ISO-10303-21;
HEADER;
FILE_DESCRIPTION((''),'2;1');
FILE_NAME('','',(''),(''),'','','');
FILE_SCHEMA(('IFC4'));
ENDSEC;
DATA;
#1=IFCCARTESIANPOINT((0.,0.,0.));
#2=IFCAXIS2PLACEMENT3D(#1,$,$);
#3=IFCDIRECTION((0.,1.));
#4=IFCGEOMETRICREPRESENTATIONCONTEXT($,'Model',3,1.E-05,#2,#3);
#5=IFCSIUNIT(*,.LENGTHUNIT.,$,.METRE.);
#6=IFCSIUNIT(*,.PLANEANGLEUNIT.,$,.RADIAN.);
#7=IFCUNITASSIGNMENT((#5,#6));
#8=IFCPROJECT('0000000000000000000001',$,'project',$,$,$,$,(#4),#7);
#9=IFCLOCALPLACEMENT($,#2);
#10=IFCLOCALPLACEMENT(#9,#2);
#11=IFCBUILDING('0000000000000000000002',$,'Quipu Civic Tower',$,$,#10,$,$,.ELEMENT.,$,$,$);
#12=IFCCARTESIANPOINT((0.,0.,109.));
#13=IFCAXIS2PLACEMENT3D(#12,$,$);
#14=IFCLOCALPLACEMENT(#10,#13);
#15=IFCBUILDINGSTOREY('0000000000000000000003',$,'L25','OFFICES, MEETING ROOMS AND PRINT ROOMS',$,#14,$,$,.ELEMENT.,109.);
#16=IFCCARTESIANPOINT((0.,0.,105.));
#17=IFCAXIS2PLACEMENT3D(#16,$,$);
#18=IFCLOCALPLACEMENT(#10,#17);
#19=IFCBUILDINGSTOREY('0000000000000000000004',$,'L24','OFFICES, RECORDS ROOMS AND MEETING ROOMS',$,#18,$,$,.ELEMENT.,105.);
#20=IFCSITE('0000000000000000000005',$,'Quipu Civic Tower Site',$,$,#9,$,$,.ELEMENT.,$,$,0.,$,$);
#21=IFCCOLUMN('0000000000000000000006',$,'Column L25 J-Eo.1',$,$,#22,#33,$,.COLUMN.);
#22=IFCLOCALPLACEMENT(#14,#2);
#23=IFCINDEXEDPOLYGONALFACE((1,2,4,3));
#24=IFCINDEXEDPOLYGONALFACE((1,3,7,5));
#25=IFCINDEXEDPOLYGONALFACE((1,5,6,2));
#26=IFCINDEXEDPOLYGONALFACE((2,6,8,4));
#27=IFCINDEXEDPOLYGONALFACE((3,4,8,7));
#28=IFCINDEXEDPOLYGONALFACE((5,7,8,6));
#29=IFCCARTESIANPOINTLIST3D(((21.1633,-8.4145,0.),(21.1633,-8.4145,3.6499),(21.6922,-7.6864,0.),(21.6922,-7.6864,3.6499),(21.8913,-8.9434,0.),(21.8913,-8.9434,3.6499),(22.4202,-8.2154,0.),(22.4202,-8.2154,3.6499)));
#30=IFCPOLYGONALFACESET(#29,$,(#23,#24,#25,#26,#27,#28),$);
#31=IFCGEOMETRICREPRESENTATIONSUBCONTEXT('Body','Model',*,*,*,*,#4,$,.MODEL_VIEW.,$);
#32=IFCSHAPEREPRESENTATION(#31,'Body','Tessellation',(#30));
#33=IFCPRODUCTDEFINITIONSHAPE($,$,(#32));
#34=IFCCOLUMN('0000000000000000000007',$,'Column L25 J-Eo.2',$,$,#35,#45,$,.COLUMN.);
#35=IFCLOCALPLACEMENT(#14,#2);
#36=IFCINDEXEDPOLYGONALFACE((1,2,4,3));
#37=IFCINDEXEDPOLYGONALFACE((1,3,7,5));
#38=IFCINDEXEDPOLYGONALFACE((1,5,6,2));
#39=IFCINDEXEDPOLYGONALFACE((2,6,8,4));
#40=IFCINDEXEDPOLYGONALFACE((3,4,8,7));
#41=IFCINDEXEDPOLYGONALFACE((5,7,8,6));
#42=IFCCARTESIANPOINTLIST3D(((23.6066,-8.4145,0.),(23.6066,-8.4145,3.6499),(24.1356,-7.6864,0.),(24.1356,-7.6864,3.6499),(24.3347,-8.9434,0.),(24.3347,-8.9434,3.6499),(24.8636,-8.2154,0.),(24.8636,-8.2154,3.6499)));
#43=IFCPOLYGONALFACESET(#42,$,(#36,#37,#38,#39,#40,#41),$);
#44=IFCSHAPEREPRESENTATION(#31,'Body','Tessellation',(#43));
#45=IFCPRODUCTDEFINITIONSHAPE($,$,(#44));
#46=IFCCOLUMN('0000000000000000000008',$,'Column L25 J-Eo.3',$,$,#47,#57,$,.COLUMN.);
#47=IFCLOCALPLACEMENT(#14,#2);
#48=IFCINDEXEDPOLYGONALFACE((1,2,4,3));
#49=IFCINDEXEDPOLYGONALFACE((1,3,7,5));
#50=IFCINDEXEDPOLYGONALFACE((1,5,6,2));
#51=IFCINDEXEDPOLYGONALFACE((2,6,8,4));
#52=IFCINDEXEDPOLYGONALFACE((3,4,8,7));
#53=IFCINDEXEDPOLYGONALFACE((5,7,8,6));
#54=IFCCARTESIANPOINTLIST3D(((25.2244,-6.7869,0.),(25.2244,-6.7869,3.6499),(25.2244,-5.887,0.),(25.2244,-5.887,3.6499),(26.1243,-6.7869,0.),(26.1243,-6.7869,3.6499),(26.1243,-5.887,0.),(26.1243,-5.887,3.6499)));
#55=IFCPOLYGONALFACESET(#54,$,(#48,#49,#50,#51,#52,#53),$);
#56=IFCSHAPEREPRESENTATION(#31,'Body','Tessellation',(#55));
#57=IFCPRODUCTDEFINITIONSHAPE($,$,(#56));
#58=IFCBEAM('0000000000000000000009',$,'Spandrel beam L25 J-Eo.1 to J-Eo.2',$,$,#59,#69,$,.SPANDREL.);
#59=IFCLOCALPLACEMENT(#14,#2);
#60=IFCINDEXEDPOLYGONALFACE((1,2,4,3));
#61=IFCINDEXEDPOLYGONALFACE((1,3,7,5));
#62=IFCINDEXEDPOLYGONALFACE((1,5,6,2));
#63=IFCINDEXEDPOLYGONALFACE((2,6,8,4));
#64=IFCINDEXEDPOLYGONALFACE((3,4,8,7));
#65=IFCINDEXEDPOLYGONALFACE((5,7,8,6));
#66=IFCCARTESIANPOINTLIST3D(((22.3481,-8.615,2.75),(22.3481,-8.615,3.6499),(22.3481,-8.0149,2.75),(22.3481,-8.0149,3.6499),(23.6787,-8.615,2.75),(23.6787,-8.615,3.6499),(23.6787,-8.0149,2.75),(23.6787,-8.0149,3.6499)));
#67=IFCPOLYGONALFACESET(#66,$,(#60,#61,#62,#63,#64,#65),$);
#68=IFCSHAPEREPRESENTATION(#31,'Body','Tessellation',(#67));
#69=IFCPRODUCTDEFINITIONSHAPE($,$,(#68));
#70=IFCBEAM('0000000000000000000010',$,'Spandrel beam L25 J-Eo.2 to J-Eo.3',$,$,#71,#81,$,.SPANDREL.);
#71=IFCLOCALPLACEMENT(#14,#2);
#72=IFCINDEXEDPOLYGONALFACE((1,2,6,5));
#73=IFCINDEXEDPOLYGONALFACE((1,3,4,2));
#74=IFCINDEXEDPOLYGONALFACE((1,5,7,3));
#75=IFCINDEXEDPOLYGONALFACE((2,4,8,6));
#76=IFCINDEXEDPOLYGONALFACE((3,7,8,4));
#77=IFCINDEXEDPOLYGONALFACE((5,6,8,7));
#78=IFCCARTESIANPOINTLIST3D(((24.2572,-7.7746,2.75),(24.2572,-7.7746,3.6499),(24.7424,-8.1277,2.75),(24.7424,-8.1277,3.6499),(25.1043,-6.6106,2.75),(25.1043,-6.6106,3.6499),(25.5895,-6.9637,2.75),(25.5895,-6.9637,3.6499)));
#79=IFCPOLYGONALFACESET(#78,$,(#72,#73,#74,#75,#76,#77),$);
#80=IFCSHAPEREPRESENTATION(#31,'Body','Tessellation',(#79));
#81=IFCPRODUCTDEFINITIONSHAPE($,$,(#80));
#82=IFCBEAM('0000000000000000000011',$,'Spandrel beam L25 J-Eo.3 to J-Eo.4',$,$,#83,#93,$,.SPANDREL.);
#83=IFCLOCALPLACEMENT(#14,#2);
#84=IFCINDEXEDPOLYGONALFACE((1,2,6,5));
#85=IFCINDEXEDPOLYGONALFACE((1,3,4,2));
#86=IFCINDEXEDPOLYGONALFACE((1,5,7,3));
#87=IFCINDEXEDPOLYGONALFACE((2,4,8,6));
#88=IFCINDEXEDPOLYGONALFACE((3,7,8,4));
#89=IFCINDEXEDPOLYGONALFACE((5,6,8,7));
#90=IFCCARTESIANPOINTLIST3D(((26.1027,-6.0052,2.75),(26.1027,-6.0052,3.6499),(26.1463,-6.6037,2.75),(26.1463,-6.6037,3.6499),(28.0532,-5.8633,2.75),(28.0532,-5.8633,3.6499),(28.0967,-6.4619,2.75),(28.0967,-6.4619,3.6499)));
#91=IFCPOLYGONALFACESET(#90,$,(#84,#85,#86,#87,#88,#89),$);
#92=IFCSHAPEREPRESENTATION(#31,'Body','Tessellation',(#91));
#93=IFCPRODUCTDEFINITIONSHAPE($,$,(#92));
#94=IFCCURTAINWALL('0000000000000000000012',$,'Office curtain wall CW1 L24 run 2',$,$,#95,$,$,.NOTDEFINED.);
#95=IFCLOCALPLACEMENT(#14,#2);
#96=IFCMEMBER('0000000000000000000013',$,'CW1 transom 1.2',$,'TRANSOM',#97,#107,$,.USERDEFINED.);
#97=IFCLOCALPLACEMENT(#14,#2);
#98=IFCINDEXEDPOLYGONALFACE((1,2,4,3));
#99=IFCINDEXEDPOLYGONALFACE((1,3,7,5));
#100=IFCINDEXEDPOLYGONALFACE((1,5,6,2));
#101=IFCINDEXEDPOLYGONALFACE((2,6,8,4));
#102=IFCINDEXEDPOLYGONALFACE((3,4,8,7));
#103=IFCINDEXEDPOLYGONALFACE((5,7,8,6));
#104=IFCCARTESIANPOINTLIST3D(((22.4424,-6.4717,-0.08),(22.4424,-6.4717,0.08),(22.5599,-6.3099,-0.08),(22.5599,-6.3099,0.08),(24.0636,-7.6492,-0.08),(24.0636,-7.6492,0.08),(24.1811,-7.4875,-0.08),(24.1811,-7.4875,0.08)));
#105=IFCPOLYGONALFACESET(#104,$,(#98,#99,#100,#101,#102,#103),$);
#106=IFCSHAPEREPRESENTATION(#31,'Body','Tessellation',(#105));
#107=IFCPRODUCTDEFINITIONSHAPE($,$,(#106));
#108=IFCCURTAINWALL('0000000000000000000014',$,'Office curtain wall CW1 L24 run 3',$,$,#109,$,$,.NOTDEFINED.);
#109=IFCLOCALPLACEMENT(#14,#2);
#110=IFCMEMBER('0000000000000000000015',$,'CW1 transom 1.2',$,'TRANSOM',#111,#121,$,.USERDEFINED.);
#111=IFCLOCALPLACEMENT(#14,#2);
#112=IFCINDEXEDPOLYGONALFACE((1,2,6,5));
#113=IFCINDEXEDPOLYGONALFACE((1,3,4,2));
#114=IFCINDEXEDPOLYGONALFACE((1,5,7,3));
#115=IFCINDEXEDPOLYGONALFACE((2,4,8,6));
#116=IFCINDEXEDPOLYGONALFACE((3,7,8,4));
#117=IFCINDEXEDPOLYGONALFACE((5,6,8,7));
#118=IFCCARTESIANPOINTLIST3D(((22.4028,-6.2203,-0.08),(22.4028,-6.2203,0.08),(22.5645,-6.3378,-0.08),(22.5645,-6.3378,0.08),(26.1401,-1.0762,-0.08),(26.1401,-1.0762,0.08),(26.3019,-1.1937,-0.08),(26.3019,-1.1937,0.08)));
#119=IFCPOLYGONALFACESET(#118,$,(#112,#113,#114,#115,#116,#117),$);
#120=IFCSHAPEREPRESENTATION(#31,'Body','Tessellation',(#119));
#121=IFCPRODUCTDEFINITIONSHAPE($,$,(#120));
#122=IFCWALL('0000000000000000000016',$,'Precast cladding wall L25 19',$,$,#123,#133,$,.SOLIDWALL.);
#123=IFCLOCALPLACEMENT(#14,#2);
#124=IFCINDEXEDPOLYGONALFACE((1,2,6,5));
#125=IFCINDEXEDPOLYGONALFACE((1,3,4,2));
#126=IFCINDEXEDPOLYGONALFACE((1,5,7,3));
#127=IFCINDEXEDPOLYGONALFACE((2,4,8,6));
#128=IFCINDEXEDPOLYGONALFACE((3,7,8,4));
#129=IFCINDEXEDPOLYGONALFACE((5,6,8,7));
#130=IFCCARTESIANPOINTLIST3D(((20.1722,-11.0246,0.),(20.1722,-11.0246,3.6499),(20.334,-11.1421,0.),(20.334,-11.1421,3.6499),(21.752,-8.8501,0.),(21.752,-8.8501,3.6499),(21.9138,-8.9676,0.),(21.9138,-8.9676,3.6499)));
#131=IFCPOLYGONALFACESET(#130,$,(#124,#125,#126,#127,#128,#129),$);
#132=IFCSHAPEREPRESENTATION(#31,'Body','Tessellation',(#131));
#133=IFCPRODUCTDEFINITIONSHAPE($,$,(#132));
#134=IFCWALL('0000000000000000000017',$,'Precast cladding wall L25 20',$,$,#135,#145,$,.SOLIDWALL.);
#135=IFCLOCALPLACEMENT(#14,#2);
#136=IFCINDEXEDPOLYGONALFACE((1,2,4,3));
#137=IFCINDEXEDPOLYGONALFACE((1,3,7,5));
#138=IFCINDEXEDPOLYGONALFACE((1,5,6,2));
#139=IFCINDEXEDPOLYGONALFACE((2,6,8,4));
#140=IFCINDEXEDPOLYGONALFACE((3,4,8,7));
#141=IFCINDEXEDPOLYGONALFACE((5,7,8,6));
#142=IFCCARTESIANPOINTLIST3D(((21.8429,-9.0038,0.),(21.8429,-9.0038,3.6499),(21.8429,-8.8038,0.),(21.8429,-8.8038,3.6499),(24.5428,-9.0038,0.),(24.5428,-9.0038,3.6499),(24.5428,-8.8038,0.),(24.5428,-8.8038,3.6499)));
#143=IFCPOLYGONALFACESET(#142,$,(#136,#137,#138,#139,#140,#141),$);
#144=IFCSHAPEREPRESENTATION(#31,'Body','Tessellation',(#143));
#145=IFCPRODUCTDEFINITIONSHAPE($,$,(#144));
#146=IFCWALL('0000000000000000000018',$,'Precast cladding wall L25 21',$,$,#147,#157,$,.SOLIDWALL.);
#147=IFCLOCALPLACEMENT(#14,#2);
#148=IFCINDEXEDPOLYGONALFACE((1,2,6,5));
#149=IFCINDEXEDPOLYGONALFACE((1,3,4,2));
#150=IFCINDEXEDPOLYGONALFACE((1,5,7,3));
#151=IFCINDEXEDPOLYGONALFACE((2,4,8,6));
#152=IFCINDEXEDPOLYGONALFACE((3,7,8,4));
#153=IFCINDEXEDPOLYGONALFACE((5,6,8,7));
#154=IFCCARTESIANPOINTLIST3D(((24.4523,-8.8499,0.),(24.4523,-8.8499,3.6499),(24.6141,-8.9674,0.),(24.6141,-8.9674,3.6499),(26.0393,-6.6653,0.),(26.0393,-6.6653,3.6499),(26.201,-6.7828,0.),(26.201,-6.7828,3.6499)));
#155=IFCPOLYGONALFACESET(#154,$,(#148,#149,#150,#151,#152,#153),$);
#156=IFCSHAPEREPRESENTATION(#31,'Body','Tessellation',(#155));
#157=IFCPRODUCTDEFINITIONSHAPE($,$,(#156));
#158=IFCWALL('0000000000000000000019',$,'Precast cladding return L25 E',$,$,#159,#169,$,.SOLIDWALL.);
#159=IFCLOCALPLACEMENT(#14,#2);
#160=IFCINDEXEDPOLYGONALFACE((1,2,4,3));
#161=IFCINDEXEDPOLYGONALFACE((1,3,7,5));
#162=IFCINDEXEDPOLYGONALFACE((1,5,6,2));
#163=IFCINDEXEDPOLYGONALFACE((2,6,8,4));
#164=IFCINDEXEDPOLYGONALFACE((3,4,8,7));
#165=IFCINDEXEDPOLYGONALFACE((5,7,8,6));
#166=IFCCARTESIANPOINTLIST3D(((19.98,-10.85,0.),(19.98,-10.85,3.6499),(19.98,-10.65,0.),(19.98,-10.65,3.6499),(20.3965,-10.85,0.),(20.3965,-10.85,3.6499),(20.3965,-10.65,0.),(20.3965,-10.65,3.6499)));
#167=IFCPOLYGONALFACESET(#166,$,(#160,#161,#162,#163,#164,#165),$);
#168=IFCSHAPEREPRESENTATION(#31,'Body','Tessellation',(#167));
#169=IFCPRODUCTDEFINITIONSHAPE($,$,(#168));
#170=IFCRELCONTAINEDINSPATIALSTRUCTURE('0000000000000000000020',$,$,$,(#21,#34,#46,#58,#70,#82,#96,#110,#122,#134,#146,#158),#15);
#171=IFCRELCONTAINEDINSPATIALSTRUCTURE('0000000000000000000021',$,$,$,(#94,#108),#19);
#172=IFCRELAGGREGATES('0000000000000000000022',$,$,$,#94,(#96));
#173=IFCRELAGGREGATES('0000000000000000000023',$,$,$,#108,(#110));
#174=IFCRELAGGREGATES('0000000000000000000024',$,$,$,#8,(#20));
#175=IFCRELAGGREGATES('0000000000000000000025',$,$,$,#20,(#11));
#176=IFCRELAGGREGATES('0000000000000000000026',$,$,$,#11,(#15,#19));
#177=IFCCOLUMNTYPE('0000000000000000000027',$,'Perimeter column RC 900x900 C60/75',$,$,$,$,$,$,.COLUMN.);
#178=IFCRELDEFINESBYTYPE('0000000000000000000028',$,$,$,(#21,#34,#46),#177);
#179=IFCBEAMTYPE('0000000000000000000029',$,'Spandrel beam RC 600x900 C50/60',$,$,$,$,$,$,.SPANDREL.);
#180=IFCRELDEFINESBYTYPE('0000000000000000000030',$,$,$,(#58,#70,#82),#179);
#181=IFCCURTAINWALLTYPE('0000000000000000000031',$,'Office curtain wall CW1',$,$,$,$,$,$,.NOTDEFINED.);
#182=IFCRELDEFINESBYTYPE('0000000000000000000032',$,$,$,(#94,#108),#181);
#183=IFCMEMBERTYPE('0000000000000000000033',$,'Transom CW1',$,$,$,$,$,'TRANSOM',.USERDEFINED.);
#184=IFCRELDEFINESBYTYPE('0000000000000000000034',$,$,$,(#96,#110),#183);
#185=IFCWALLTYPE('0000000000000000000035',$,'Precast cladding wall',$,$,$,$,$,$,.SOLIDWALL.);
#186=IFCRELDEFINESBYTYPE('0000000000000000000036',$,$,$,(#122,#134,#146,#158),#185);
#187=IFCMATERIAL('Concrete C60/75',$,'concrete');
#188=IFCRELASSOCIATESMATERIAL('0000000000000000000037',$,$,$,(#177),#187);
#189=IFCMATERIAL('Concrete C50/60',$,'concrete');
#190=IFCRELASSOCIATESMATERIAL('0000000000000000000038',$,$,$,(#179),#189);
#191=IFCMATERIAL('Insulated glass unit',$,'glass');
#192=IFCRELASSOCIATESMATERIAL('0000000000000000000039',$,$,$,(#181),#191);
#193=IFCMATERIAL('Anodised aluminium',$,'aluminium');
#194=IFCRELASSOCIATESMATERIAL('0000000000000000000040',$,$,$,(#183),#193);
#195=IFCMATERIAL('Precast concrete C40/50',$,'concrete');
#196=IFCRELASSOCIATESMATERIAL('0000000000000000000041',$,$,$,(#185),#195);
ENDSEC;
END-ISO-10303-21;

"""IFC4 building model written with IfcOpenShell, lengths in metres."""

from ifc_helpers import new_model, si_unit, direction, frame, frame_2d, origin, origin_2d, place, context, subcontext, project, spatial, rectangle, extrude, material, material_profile, profile_set, type_object, element, aggregate, save


model = new_model("IFC4")

# Units and contexts
model_context = context("Model", 3, precision=1e-05, world=origin(), true_north=direction((0.0, 1.0)))
body_context = subcontext(model_context, "Body", "Model", "MODEL_VIEW")
ifc_project = project(units=[si_unit("LENGTHUNIT", "METRE"), si_unit("PLANEANGLEUNIT", "RADIAN")], contexts=[model_context])

# Site, building, storey
site_placement = place(None, origin())
site = spatial("IfcSite", under=ifc_project, at=site_placement, Name="Quipu Civic Tower Site", CompositionType="ELEMENT", RefElevation=0.0)
building_placement = place(site_placement, origin())
building = spatial("IfcBuilding", under=site, at=building_placement, Name="Quipu Civic Tower", CompositionType="ELEMENT")
storey_1_placement = place(building_placement, frame((0.0, 0.0, 109.0)))
storey_1 = spatial("IfcBuildingStorey", under=building, at=storey_1_placement, Name="L25", Description="OFFICES, MEETING ROOMS AND PRINT ROOMS", CompositionType="ELEMENT", Elevation=109.0)

# Columns
ifc_material_1 = material(Name="Concrete C60/75", Category="concrete")
ifc_material_profile_1 = material_profile(ifc_material_1, rectangle(XDim=0.8999, YDim=0.8999, at=origin_2d()), Name="RC900x900")
ifc_profile_set_1 = profile_set([ifc_material_profile_1], Name="Concrete C60/75")
column_type = type_object("IfcColumnType", Name="Perimeter column RC 900x900 C60/75", PredefinedType="COLUMN", material=ifc_profile_set_1)
for number, where, z_axis, x_axis, name in (
    (1, (21.7917, -8.3149, 0.0), (0.0, 0.0, 1.0), (0.587785, 0.809017, 0.0), "Column L25 J-Eo.1"),
    (2, (24.2351, -8.3149, 0.0), (0.0, 0.0, 1.0), (0.587785, 0.809017, 0.0), "Column L25 J-Eo.2"),
    (3, (25.6743, -6.3369, 0.0), (0.0, 0.0, 1.0), (1.0, 0.0, 0.0), "Column L25 J-Eo.3"),
):
    element("IfcColumn", number, at=place(storey_1_placement, frame(where, z_axis=z_axis, x_axis=x_axis)), inside=storey_1, type_object=column_type, Name=name, PredefinedType="COLUMN", context=body_context, shape_type="SweptSolid", body=[
        extrude(rectangle(XDim=0.8999, YDim=0.8999, at=origin_2d()), origin(), (0.0, 0.0, 1.0), 3.6499),
    ])

# Beams
ifc_material_2 = material(Name="Concrete C50/60", Category="concrete")
ifc_material_profile_2 = material_profile(ifc_material_2, rectangle(XDim=0.6001, YDim=0.8999, at=origin_2d()), Name="RC600x900")
ifc_profile_set_2 = profile_set([ifc_material_profile_2], Name="Concrete C50/60")
beam_type = type_object("IfcBeamType", Name="Spandrel beam RC 600x900 C50/60", PredefinedType="SPANDREL", material=ifc_profile_set_2)
beam_1_placement = place(storey_1_placement, frame((22.3481, -8.3149, 3.2), z_axis=(1.0, 0.0, 0.0), x_axis=(0.0, 1.0, 0.0)))
element("IfcBeam", 4, at=beam_1_placement, inside=storey_1, type_object=beam_type, Name="Spandrel beam L25 J-Eo.1 to J-Eo.2", PredefinedType="SPANDREL", context=body_context, shape_type="SweptSolid", body=[
    extrude(rectangle(XDim=0.6001, YDim=0.8999, at=origin_2d()), origin(), (0.0, 0.0, 1.0), 1.3306),
])
beam_2_placement = place(storey_1_placement, frame((24.4998, -7.9512, 3.2), z_axis=(0.588434, 0.808545, 0.0), x_axis=(-0.808545, 0.588434, 0.0)))
element("IfcBeam", 5, at=beam_2_placement, inside=storey_1, type_object=beam_type, Name="Spandrel beam L25 J-Eo.2 to J-Eo.3", PredefinedType="SPANDREL", context=body_context, shape_type="SweptSolid", body=[
    extrude(rectangle(XDim=0.6001, YDim=0.8999, at=origin_2d()), origin(), (0.0, 0.0, 1.0), 1.4397),
])
beam_3_placement = place(storey_1_placement, frame((26.1245, -6.3044, 3.2), z_axis=(0.997366, 0.072533, 0.0), x_axis=(-0.072533, 0.997366, 0.0)))
element("IfcBeam", 6, at=beam_3_placement, inside=storey_1, type_object=beam_type, Name="Spandrel beam L25 J-Eo.3 to J-Eo.4", PredefinedType="SPANDREL", context=body_context, shape_type="SweptSolid", body=[
    extrude(rectangle(XDim=0.6001, YDim=0.8999, at=origin_2d()), origin(), (0.0, 0.0, 1.0), 1.9556),
])

# Shared definitions
storey_2_placement = place(building_placement, frame((0.0, 0.0, 105.0)))
storey_2 = spatial("IfcBuildingStorey", under=building, at=storey_2_placement, Name="L24", Description="OFFICES, RECORDS ROOMS AND MEETING ROOMS", CompositionType="ELEMENT", Elevation=105.0)

# Curtain walls, members
ifc_material_3 = material(Name="Insulated glass unit", Category="glass")
curtain_wall_type = type_object("IfcCurtainWallType", Name="Office curtain wall CW1", PredefinedType="NOTDEFINED", material=ifc_material_3)
curtain_wall_1_placement = place(storey_2_placement, origin())
curtain_wall_1 = element("IfcCurtainWall", 7, at=curtain_wall_1_placement, inside=storey_2, type_object=curtain_wall_type, Name="Office curtain wall CW1 L24 run 2", PredefinedType="NOTDEFINED")
ifc_material_4 = material(Name="Anodised aluminium", Category="aluminium")
ifc_material_profile_3 = material_profile(ifc_material_4, rectangle(XDim=0.2, YDim=0.1599, at=origin_2d()), Name="RECT 200x160")
ifc_profile_set_3 = profile_set([ifc_material_profile_3], Name="Anodised aluminium")
member_type = type_object("IfcMemberType", Name="Transom CW1", ElementType="TRANSOM", PredefinedType="USERDEFINED", material=ifc_profile_set_3)
member_1_placement = place(storey_1_placement, frame((24.1223, -7.5684, 0.0), z_axis=(-0.809089, 0.587686, 0.0), x_axis=(-0.587686, -0.809089, 0.0)))
member_1 = element("IfcMember", 8, at=member_1_placement, inside=storey_1, type_object=member_type, Name="CW1 transom 1.2", ObjectType="TRANSOM", PredefinedType="USERDEFINED", context=body_context, shape_type="SweptSolid", body=[
    extrude(rectangle(XDim=0.2, YDim=0.1599, at=origin_2d()), origin(), (0.0, 0.0, 1.0), 2.0037),
])
aggregate(curtain_wall_1, [member_1])
curtain_wall_2_placement = place(storey_2_placement, origin())
curtain_wall_2 = element("IfcCurtainWall", 9, at=curtain_wall_2_placement, inside=storey_2, type_object=curtain_wall_type, Name="Office curtain wall CW1 L24 run 3", PredefinedType="NOTDEFINED")
member_2_placement = place(storey_1_placement, frame((22.4836, -6.2791, 0.0), z_axis=(0.587779, 0.809022, 0.0), x_axis=(-0.809022, 0.587779, 0.0)))
member_2 = element("IfcMember", 10, at=member_2_placement, inside=storey_1, type_object=member_type, Name="CW1 transom 1.2", ObjectType="TRANSOM", PredefinedType="USERDEFINED", context=body_context, shape_type="SweptSolid", body=[
    extrude(rectangle(XDim=0.2, YDim=0.1599, at=origin_2d()), origin(), (0.0, 0.0, 1.0), 6.3584),
])
aggregate(curtain_wall_2, [member_2])

# Walls
ifc_material_5 = material(Name="Precast concrete C40/50", Category="concrete")
wall_type_1 = type_object("IfcWallType", Name="Precast cladding wall", PredefinedType="SOLIDWALL", material=ifc_material_5)
wall_1_placement = place(storey_1_placement, frame((20.2532, -11.0833, 0.0), z_axis=(0.0, 0.0, 1.0), x_axis=(0.587767, 0.809031, 0.0)))
element("IfcWall", 11, at=wall_1_placement, inside=storey_1, type_object=wall_type_1, Name="Precast cladding wall L25 19", PredefinedType="SOLIDWALL", context=body_context, shape_type="SweptSolid", body=[
    extrude(rectangle(XDim=2.6877, YDim=0.2, at=frame_2d((1.3438, 0.0))), origin(), (0.0, 0.0, 1.0), 3.6499),
])
wall_2_placement = place(storey_1_placement, frame((21.8428, -8.9038, 0.0), z_axis=(0.0, 0.0, 1.0), x_axis=(1.0, 0.0, 0.0)))
element("IfcWall", 12, at=wall_2_placement, inside=storey_1, type_object=wall_type_1, Name="Precast cladding wall L25 20", PredefinedType="SOLIDWALL", context=body_context, shape_type="SweptSolid", body=[
    extrude(rectangle(XDim=2.7, YDim=0.2, at=frame_2d((1.3501, 0.0))), origin(), (0.0, 0.0, 1.0), 3.6499),
])
wall_3_placement = place(storey_1_placement, frame((24.5332, -8.9087, 0.0), z_axis=(0.0, 0.0, 1.0), x_axis=(0.58772, 0.809064, 0.0)))
element("IfcWall", 13, at=wall_3_placement, inside=storey_1, type_object=wall_type_1, Name="Precast cladding wall L25 21", PredefinedType="SOLIDWALL", context=body_context, shape_type="SweptSolid", body=[
    extrude(rectangle(XDim=2.7002, YDim=0.2, at=frame_2d((1.3501, 0.0))), origin(), (0.0, 0.0, 1.0), 3.6499),
])
wall_4_placement = place(storey_1_placement, frame((19.98, -10.75, 0.0), z_axis=(0.0, 0.0, 1.0), x_axis=(1.0, 0.0, 0.0)))
element("IfcWall", 14, at=wall_4_placement, inside=storey_1, type_object=wall_type_1, Name="Precast cladding return L25 E", PredefinedType="SOLIDWALL", context=body_context, shape_type="SweptSolid", body=[
    extrude(rectangle(XDim=0.4165, YDim=0.2, at=frame_2d((0.2083, 0.0))), origin(), (0.0, 0.0, 1.0), 3.6499),
])

save(model, "model.ifc")
